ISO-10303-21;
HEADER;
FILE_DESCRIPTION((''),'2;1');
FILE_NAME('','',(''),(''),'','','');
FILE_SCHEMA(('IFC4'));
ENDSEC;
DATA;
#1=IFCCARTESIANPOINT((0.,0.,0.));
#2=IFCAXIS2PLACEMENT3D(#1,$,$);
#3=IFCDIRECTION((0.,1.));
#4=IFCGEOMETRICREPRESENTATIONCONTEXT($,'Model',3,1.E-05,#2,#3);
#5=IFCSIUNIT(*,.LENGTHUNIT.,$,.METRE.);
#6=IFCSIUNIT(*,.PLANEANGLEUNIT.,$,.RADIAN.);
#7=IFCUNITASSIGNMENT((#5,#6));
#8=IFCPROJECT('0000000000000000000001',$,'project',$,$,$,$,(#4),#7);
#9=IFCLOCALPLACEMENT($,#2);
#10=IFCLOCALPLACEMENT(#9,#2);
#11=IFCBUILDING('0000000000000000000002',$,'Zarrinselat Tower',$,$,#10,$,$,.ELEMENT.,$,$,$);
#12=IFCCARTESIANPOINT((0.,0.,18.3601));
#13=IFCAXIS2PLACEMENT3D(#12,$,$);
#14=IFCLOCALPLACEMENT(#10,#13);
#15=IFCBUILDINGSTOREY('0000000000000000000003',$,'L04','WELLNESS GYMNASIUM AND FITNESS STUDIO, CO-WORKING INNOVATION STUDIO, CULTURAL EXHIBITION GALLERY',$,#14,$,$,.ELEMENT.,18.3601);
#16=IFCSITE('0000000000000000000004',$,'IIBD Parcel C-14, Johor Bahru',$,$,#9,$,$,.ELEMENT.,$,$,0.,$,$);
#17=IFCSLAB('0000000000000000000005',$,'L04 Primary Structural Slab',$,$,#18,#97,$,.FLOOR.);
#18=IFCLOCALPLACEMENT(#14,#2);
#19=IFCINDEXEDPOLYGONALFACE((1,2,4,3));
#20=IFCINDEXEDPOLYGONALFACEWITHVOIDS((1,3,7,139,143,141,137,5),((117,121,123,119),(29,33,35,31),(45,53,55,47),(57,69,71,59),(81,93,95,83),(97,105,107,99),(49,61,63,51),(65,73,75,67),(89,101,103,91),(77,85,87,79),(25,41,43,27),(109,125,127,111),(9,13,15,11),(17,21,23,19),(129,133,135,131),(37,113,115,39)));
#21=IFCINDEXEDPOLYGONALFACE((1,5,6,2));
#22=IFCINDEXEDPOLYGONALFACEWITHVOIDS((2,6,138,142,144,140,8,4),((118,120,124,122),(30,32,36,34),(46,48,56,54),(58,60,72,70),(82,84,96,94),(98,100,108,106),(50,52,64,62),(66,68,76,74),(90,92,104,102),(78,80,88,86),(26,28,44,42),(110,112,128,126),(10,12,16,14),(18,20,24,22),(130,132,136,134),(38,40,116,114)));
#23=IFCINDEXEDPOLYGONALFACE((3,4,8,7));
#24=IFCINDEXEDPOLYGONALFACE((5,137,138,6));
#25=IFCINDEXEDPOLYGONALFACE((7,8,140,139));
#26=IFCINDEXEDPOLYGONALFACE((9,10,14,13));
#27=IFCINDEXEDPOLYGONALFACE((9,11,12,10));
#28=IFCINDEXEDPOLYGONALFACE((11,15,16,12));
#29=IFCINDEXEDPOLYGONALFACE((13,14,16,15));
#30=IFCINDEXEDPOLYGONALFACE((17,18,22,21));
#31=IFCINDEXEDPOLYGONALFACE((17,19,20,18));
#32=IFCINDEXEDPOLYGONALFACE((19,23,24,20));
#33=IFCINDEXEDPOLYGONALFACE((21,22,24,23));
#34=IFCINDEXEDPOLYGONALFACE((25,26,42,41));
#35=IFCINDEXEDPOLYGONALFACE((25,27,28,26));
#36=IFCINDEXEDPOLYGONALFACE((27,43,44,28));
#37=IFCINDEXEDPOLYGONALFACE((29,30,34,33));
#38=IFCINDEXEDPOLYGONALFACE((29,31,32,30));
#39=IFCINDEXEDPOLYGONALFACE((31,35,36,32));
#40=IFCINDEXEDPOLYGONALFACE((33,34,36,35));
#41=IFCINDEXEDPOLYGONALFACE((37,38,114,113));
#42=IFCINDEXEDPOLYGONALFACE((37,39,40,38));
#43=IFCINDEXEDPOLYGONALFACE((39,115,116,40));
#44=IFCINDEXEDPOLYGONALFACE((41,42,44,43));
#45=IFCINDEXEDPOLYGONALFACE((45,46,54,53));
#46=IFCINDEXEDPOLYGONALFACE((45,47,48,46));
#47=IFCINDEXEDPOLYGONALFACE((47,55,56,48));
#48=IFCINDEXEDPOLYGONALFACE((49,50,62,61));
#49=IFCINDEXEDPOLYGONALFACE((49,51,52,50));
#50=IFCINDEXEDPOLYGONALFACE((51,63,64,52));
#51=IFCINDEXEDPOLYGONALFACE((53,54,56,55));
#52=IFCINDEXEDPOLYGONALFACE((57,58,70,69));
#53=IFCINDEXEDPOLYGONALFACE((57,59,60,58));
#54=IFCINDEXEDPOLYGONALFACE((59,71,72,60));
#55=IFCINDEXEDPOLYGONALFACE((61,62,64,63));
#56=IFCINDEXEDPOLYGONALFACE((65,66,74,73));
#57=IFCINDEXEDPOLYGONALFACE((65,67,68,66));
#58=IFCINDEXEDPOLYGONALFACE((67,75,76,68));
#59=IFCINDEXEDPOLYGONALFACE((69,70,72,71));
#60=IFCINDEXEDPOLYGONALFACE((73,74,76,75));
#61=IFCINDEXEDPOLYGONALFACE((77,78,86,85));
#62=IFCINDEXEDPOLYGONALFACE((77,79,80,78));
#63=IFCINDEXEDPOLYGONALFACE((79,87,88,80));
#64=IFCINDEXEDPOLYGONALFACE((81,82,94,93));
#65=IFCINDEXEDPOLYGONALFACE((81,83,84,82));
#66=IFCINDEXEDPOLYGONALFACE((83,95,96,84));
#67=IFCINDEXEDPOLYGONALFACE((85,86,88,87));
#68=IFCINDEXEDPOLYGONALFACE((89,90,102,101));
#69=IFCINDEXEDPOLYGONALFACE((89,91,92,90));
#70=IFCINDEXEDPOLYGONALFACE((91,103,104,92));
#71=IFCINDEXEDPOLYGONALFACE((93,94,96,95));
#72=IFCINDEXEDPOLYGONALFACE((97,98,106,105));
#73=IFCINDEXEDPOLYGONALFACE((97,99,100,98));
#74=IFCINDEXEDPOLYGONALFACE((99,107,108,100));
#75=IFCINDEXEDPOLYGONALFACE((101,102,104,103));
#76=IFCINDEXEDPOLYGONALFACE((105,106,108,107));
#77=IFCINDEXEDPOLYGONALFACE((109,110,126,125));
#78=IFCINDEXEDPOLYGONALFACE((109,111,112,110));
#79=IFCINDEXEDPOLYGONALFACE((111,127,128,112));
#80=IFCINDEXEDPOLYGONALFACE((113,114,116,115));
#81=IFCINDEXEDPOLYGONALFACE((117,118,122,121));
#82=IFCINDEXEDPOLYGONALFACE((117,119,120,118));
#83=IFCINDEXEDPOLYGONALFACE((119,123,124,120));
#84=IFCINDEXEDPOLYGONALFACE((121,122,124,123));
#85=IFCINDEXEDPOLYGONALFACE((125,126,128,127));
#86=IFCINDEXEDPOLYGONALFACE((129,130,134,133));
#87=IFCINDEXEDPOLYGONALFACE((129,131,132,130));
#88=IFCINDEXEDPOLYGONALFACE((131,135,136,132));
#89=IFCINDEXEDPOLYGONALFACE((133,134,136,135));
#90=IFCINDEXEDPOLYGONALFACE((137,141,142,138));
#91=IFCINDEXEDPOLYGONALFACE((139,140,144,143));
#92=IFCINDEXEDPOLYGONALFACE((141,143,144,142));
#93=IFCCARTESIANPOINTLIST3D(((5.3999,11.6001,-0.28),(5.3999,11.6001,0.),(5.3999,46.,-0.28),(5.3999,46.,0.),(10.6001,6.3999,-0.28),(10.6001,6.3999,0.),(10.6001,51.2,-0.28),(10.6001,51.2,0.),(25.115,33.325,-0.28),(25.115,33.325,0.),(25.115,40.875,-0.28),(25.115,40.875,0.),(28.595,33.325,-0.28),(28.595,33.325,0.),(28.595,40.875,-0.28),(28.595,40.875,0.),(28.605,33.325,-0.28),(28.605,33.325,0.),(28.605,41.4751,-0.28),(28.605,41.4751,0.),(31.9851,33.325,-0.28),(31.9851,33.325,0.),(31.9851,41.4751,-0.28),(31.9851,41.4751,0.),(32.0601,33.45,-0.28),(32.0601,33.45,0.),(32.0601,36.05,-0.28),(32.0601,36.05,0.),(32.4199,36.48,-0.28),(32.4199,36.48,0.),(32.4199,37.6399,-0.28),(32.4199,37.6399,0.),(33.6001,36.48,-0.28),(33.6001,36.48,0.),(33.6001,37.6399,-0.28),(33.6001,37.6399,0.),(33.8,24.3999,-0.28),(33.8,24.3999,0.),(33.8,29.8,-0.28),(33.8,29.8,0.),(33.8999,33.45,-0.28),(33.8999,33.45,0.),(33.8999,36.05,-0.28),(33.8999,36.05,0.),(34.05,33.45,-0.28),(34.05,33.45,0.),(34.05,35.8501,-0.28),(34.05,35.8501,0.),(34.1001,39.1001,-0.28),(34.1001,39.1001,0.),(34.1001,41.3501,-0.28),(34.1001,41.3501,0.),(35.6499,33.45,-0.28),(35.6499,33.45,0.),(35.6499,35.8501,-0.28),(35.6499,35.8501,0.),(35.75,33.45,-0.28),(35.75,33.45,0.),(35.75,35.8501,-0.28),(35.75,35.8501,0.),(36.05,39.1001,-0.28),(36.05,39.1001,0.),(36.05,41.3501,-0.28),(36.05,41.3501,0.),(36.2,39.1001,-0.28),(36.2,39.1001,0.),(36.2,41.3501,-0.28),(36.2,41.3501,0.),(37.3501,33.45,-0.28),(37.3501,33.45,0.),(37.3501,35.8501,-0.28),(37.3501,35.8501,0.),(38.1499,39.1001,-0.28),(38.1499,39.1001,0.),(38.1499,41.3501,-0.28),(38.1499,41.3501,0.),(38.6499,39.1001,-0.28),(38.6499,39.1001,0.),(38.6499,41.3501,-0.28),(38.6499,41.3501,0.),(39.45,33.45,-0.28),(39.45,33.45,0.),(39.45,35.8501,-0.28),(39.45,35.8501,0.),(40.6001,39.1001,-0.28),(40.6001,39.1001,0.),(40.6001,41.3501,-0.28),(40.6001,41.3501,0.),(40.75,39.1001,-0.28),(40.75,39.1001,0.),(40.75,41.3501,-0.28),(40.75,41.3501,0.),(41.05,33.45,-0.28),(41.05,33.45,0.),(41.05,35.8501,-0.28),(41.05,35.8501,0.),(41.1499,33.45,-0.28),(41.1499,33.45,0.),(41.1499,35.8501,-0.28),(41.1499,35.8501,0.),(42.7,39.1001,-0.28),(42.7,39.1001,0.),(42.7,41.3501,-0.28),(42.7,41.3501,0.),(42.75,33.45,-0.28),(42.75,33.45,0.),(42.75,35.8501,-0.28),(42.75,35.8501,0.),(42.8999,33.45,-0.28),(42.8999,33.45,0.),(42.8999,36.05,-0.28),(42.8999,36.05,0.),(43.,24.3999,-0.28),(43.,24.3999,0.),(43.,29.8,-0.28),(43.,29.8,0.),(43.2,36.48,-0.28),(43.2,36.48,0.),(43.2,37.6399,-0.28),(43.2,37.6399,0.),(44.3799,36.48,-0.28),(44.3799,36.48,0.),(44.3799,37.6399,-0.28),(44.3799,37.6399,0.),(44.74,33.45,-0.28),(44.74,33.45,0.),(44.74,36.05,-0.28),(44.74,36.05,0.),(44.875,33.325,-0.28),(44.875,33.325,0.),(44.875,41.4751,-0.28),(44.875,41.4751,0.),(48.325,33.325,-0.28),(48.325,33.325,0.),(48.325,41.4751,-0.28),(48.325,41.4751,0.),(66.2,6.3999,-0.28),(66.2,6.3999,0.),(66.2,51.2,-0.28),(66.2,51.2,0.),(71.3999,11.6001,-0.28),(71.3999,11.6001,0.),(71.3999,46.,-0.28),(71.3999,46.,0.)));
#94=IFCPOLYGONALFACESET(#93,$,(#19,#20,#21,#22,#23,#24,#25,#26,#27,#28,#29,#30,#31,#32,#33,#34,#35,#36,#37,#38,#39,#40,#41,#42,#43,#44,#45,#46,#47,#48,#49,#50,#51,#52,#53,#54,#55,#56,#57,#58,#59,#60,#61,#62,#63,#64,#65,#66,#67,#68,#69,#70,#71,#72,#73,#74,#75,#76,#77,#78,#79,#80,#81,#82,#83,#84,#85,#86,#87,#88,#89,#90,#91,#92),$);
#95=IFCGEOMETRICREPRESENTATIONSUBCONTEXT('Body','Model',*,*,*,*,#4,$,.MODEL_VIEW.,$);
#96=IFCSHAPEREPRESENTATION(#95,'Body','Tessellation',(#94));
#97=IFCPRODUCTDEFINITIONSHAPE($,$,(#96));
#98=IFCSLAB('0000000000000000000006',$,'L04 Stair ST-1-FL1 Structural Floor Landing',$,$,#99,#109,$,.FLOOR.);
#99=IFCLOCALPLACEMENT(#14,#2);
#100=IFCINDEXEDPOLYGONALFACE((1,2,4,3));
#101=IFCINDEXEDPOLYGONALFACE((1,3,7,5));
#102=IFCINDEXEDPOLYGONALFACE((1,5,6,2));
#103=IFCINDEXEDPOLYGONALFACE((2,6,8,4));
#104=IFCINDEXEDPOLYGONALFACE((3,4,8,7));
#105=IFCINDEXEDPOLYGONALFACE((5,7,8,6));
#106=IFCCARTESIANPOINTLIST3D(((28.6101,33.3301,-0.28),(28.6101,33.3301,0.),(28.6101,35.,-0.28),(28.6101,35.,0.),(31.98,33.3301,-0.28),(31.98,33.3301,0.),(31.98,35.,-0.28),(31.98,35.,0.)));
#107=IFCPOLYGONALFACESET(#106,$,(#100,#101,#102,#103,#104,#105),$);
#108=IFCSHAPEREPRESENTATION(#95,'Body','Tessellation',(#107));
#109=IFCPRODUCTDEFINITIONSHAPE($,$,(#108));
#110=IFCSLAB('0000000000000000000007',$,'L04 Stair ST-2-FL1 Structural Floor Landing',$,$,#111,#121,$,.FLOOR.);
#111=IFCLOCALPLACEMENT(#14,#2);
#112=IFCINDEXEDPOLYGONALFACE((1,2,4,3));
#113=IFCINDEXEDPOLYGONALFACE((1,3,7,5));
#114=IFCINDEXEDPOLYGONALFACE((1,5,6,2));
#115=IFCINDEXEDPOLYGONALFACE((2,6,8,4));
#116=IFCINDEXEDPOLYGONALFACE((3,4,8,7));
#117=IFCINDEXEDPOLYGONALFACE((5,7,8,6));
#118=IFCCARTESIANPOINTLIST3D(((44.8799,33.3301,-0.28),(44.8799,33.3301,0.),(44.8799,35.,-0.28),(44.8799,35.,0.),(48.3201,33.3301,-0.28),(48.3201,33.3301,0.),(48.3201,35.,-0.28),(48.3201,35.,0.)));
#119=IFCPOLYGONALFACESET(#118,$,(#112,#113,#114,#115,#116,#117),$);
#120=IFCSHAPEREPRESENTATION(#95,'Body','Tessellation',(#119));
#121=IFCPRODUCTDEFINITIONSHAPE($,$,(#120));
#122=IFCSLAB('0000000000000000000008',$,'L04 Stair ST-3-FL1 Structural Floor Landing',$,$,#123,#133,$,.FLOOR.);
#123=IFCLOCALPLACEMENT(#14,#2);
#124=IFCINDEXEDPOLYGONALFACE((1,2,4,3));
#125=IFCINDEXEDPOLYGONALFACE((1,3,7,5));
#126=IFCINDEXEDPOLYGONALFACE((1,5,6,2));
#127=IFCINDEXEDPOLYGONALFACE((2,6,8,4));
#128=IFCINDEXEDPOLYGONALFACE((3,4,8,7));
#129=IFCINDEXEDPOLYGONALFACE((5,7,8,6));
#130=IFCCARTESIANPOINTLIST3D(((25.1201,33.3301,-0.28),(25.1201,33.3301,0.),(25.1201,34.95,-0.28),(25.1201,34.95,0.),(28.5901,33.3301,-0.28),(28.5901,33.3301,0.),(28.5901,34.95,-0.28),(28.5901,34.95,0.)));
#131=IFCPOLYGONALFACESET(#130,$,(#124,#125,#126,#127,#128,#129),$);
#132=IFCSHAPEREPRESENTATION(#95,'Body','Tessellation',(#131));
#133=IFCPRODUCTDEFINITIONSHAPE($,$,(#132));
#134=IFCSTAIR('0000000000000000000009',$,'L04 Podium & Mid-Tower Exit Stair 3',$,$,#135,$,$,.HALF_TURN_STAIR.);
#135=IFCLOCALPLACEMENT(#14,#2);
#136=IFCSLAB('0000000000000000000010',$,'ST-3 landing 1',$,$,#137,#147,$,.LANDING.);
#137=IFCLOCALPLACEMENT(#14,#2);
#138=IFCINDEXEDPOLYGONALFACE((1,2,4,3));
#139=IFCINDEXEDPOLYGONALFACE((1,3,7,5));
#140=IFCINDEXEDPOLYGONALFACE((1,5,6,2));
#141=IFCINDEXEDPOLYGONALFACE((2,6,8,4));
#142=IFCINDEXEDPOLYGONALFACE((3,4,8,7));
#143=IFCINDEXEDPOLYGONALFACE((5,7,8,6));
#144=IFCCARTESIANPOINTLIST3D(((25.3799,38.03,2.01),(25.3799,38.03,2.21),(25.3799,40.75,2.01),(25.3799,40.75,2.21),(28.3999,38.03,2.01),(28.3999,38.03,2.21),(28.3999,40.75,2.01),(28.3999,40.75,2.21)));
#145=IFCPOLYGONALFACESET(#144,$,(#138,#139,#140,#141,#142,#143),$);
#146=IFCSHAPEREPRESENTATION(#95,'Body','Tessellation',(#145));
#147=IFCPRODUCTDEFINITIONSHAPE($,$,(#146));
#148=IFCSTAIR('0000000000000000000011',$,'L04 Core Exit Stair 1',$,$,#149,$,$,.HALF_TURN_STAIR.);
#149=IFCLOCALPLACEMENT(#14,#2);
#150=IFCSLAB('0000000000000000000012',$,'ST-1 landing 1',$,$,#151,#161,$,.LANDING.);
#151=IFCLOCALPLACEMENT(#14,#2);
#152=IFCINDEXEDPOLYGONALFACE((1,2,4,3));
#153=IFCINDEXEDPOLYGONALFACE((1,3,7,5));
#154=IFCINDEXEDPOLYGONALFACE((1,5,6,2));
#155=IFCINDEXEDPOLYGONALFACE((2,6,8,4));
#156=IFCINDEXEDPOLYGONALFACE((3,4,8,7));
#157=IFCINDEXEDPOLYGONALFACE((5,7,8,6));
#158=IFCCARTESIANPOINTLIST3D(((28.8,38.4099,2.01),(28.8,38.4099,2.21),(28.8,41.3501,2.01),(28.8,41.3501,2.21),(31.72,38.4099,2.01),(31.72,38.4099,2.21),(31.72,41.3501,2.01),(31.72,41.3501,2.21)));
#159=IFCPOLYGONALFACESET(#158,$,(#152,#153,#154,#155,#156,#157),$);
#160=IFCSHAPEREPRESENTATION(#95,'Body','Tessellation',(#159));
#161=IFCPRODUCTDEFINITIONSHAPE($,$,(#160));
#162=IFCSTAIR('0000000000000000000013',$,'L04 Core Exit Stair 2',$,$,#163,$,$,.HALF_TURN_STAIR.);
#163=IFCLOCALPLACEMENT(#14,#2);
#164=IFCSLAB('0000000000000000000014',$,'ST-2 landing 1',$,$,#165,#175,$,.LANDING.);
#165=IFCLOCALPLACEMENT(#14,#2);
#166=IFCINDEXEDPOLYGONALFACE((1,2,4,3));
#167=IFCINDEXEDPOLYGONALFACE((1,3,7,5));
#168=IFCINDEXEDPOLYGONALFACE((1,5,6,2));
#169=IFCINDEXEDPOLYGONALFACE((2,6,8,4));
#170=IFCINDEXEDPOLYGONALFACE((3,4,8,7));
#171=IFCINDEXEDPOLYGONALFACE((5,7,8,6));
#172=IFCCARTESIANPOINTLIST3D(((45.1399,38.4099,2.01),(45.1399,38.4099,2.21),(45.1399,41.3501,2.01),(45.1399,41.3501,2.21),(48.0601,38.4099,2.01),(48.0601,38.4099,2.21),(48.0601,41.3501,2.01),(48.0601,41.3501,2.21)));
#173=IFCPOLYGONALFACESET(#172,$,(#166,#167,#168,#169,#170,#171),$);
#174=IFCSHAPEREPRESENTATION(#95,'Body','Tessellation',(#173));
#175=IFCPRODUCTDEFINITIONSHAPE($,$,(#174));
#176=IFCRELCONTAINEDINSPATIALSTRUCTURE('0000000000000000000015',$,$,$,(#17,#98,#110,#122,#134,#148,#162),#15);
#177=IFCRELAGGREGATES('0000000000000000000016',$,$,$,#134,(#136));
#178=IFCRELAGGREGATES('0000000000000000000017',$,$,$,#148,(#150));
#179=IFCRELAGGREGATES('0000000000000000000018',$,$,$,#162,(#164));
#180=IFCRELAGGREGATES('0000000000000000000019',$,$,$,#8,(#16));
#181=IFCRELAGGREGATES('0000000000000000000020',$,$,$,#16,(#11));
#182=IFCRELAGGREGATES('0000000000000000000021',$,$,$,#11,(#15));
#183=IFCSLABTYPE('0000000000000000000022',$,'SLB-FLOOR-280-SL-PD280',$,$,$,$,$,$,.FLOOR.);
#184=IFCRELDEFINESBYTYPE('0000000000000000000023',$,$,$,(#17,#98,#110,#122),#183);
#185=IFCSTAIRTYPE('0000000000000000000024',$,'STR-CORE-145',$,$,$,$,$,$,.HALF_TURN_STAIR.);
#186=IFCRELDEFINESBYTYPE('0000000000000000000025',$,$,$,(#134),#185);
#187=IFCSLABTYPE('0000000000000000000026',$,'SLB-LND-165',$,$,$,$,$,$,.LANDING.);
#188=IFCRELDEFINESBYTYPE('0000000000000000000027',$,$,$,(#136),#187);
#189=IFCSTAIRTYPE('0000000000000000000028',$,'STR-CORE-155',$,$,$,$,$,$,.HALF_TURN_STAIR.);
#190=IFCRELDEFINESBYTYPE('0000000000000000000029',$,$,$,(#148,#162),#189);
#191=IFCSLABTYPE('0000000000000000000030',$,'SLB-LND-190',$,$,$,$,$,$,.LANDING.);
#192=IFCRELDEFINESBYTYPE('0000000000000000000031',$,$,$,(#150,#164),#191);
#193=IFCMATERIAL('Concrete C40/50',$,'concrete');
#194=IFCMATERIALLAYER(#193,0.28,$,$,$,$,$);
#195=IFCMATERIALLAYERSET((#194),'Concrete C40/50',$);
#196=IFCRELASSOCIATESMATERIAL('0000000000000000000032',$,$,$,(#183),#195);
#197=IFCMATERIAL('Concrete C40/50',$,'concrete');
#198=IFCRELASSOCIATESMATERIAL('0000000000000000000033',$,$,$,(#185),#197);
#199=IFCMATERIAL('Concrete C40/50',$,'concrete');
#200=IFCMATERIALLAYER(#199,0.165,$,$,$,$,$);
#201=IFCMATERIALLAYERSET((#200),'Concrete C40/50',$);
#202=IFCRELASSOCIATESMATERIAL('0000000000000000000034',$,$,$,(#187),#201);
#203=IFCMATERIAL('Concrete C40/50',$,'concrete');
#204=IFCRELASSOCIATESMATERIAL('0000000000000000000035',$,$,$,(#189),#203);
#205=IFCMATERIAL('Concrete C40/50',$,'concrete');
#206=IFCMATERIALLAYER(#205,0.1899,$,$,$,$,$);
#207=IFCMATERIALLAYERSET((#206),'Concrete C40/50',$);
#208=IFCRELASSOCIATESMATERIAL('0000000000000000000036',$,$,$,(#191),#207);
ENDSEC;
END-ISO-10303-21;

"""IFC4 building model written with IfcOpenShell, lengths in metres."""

from ifc_helpers import new_model, si_unit, direction, frame, origin, place, context, subcontext, project, spatial, polyline, outline, extrude, material, layer, layer_set, type_object, element, aggregate, save


model = new_model("IFC4")

# Units and contexts
model_context = context("Model", 3, precision=1e-05, world=origin(), true_north=direction((0.0, 1.0)))
body_context = subcontext(model_context, "Body", "Model", "MODEL_VIEW")
ifc_project = project(units=[si_unit("LENGTHUNIT", "METRE"), si_unit("PLANEANGLEUNIT", "RADIAN")], contexts=[model_context])

# Site, building, storey
site_placement = place(None, origin())
site = spatial("IfcSite", under=ifc_project, at=site_placement, Name="IIBD Parcel C-14, Johor Bahru", CompositionType="ELEMENT", RefElevation=0.0)
building_placement = place(site_placement, origin())
building = spatial("IfcBuilding", under=site, at=building_placement, Name="Zarrinselat Tower", CompositionType="ELEMENT")
storey_placement = place(building_placement, frame((0.0, 0.0, 18.3601)))
storey = spatial("IfcBuildingStorey", under=building, at=storey_placement, Name="L04", Description="WELLNESS GYMNASIUM AND FITNESS STUDIO, CO-WORKING INNOVATION STUDIO, CULTURAL EXHIBITION GALLERY", CompositionType="ELEMENT", Elevation=18.3601)

# Slabs
ifc_material_1 = material(Name="Concrete C40/50", Category="concrete")
ifc_layer_1 = layer(ifc_material_1, 0.28)
ifc_layer_set_1 = layer_set([ifc_layer_1], Name="Concrete C40/50")
slab_type_1 = type_object("IfcSlabType", Name="SLB-FLOOR-280-SL-PD280", PredefinedType="FLOOR", material=ifc_layer_set_1)
slab_1_placement = place(storey_placement, frame((0.0, 0.0, -0.28)))
element("IfcSlab", 1, at=slab_1_placement, inside=storey, type_object=slab_type_1, Name="L04 Primary Structural Slab", PredefinedType="FLOOR", context=body_context, shape_type="SweptSolid", body=[
    extrude(outline(polyline([(10.6001, 6.3999), (66.2, 6.3999), (71.3999, 11.6001), (71.3999, 46.0), (66.2, 51.2), (10.6001, 51.2), (5.3999, 46.0), (5.3999, 11.6001), (10.6001, 6.3999)]), holes=[polyline([(34.05, 33.45), (34.05, 35.8501), (35.6499, 35.8501), (35.6499, 33.45), (34.05, 33.45)]), polyline([(35.75, 33.45), (35.75, 35.8501), (37.3501, 35.8501), (37.3501, 33.45), (35.75, 33.45)]), polyline([(32.0601, 33.45), (32.0601, 36.05), (33.8999, 36.05), (33.8999, 33.45), (32.0601, 33.45)]), polyline([(32.4199, 36.48), (32.4199, 37.6399), (33.6001, 37.6399), (33.6001, 36.48), (32.4199, 36.48)]), polyline([(28.595, 33.325), (25.115, 33.325), (25.115, 40.875), (28.595, 40.875), (28.595, 33.325)]), polyline([(31.9851, 33.325), (28.605, 33.325), (28.605, 41.4751), (31.9851, 41.4751), (31.9851, 33.325)]), polyline([(34.1001, 39.1001), (34.1001, 41.3501), (36.05, 41.3501), (36.05, 39.1001), (34.1001, 39.1001)]), polyline([(36.2, 39.1001), (36.2, 41.3501), (38.1499, 41.3501), (38.1499, 39.1001), (36.2, 39.1001)]), polyline([(33.8, 24.3999), (33.8, 29.8), (43.0, 29.8), (43.0, 24.3999), (33.8, 24.3999)]), polyline([(39.45, 33.45), (39.45, 35.8501), (41.05, 35.8501), (41.05, 33.45), (39.45, 33.45)]), polyline([(41.1499, 33.45), (41.1499, 35.8501), (42.75, 35.8501), (42.75, 33.45), (41.1499, 33.45)]), polyline([(42.8999, 33.45), (42.8999, 36.05), (44.74, 36.05), (44.74, 33.45), (42.8999, 33.45)]), polyline([(43.2, 36.48), (43.2, 37.6399), (44.3799, 37.6399), (44.3799, 36.48), (43.2, 36.48)]), polyline([(48.325, 33.325), (44.875, 33.325), (44.875, 41.4751), (48.325, 41.4751), (48.325, 33.325)]), polyline([(38.6499, 39.1001), (38.6499, 41.3501), (40.6001, 41.3501), (40.6001, 39.1001), (38.6499, 39.1001)]), polyline([(40.75, 39.1001), (40.75, 41.3501), (42.7, 41.3501), (42.7, 39.1001), (40.75, 39.1001)])]), origin(), (0.0, 0.0, 1.0), 0.28),
])
slab_2_placement = place(storey_placement, frame((0.0, 0.0, -0.28)))
element("IfcSlab", 2, at=slab_2_placement, inside=storey, type_object=slab_type_1, Name="L04 Stair ST-1-FL1 Structural Floor Landing", PredefinedType="FLOOR", context=body_context, shape_type="SweptSolid", body=[
    extrude(outline(polyline([(31.98, 33.3301), (31.98, 35.0), (28.6101, 35.0), (28.6101, 33.3301), (31.98, 33.3301)])), origin(), (0.0, 0.0, 1.0), 0.28),
])
slab_3_placement = place(storey_placement, frame((0.0, 0.0, -0.28)))
element("IfcSlab", 3, at=slab_3_placement, inside=storey, type_object=slab_type_1, Name="L04 Stair ST-2-FL1 Structural Floor Landing", PredefinedType="FLOOR", context=body_context, shape_type="SweptSolid", body=[
    extrude(outline(polyline([(48.3201, 33.3301), (48.3201, 35.0), (44.8799, 35.0), (44.8799, 33.3301), (48.3201, 33.3301)])), origin(), (0.0, 0.0, 1.0), 0.28),
])
slab_4_placement = place(storey_placement, frame((0.0, 0.0, -0.28)))
element("IfcSlab", 4, at=slab_4_placement, inside=storey, type_object=slab_type_1, Name="L04 Stair ST-3-FL1 Structural Floor Landing", PredefinedType="FLOOR", context=body_context, shape_type="SweptSolid", body=[
    extrude(outline(polyline([(28.5901, 33.3301), (28.5901, 34.95), (25.1201, 34.95), (25.1201, 33.3301), (28.5901, 33.3301)])), origin(), (0.0, 0.0, 1.0), 0.28),
])

# Stairs, slabs
ifc_material_2 = material(Name="Concrete C40/50", Category="concrete")
stair_type_1 = type_object("IfcStairType", Name="STR-CORE-145", PredefinedType="HALF_TURN_STAIR", material=ifc_material_2)
stair_1_placement = place(storey_placement, origin())
stair_1 = element("IfcStair", 5, at=stair_1_placement, inside=storey, type_object=stair_type_1, Name="L04 Podium & Mid-Tower Exit Stair 3", PredefinedType="HALF_TURN_STAIR")
ifc_material_3 = material(Name="Concrete C40/50", Category="concrete")
ifc_layer_2 = layer(ifc_material_3, 0.165)
ifc_layer_set_2 = layer_set([ifc_layer_2], Name="Concrete C40/50")
slab_type_2 = type_object("IfcSlabType", Name="SLB-LND-165", PredefinedType="LANDING", material=ifc_layer_set_2)
slab_5_placement = place(storey_placement, frame((0.0, 0.0, 2.01)))
slab_5 = element("IfcSlab", 6, at=slab_5_placement, type_object=slab_type_2, Name="ST-3 landing 1", PredefinedType="LANDING", context=body_context, shape_type="SweptSolid", body=[
    extrude(outline(polyline([(28.3999, 38.03), (28.3999, 40.75), (25.3799, 40.75), (25.3799, 38.03), (28.3999, 38.03)])), origin(), (0.0, 0.0, 1.0), 0.2),
])
aggregate(stair_1, [slab_5])
ifc_material_4 = material(Name="Concrete C40/50", Category="concrete")
stair_type_2 = type_object("IfcStairType", Name="STR-CORE-155", PredefinedType="HALF_TURN_STAIR", material=ifc_material_4)
stair_2_placement = place(storey_placement, origin())
stair_2 = element("IfcStair", 7, at=stair_2_placement, inside=storey, type_object=stair_type_2, Name="L04 Core Exit Stair 1", PredefinedType="HALF_TURN_STAIR")
ifc_material_5 = material(Name="Concrete C40/50", Category="concrete")
ifc_layer_3 = layer(ifc_material_5, 0.1899)
ifc_layer_set_3 = layer_set([ifc_layer_3], Name="Concrete C40/50")
slab_type_3 = type_object("IfcSlabType", Name="SLB-LND-190", PredefinedType="LANDING", material=ifc_layer_set_3)
slab_6_placement = place(storey_placement, frame((0.0, 0.0, 2.01)))
slab_6 = element("IfcSlab", 8, at=slab_6_placement, type_object=slab_type_3, Name="ST-1 landing 1", PredefinedType="LANDING", context=body_context, shape_type="SweptSolid", body=[
    extrude(outline(polyline([(31.72, 38.4099), (31.72, 41.3501), (28.8, 41.3501), (28.8, 38.4099), (31.72, 38.4099)])), origin(), (0.0, 0.0, 1.0), 0.2),
])
aggregate(stair_2, [slab_6])
stair_3_placement = place(storey_placement, origin())
stair_3 = element("IfcStair", 9, at=stair_3_placement, inside=storey, type_object=stair_type_2, Name="L04 Core Exit Stair 2", PredefinedType="HALF_TURN_STAIR")
slab_7_placement = place(storey_placement, frame((0.0, 0.0, 2.01)))
slab_7 = element("IfcSlab", 10, at=slab_7_placement, type_object=slab_type_3, Name="ST-2 landing 1", PredefinedType="LANDING", context=body_context, shape_type="SweptSolid", body=[
    extrude(outline(polyline([(48.0601, 38.4099), (48.0601, 41.3501), (45.1399, 41.3501), (45.1399, 38.4099), (48.0601, 38.4099)])), origin(), (0.0, 0.0, 1.0), 0.2),
])
aggregate(stair_3, [slab_7])

save(model, "model.ifc")
